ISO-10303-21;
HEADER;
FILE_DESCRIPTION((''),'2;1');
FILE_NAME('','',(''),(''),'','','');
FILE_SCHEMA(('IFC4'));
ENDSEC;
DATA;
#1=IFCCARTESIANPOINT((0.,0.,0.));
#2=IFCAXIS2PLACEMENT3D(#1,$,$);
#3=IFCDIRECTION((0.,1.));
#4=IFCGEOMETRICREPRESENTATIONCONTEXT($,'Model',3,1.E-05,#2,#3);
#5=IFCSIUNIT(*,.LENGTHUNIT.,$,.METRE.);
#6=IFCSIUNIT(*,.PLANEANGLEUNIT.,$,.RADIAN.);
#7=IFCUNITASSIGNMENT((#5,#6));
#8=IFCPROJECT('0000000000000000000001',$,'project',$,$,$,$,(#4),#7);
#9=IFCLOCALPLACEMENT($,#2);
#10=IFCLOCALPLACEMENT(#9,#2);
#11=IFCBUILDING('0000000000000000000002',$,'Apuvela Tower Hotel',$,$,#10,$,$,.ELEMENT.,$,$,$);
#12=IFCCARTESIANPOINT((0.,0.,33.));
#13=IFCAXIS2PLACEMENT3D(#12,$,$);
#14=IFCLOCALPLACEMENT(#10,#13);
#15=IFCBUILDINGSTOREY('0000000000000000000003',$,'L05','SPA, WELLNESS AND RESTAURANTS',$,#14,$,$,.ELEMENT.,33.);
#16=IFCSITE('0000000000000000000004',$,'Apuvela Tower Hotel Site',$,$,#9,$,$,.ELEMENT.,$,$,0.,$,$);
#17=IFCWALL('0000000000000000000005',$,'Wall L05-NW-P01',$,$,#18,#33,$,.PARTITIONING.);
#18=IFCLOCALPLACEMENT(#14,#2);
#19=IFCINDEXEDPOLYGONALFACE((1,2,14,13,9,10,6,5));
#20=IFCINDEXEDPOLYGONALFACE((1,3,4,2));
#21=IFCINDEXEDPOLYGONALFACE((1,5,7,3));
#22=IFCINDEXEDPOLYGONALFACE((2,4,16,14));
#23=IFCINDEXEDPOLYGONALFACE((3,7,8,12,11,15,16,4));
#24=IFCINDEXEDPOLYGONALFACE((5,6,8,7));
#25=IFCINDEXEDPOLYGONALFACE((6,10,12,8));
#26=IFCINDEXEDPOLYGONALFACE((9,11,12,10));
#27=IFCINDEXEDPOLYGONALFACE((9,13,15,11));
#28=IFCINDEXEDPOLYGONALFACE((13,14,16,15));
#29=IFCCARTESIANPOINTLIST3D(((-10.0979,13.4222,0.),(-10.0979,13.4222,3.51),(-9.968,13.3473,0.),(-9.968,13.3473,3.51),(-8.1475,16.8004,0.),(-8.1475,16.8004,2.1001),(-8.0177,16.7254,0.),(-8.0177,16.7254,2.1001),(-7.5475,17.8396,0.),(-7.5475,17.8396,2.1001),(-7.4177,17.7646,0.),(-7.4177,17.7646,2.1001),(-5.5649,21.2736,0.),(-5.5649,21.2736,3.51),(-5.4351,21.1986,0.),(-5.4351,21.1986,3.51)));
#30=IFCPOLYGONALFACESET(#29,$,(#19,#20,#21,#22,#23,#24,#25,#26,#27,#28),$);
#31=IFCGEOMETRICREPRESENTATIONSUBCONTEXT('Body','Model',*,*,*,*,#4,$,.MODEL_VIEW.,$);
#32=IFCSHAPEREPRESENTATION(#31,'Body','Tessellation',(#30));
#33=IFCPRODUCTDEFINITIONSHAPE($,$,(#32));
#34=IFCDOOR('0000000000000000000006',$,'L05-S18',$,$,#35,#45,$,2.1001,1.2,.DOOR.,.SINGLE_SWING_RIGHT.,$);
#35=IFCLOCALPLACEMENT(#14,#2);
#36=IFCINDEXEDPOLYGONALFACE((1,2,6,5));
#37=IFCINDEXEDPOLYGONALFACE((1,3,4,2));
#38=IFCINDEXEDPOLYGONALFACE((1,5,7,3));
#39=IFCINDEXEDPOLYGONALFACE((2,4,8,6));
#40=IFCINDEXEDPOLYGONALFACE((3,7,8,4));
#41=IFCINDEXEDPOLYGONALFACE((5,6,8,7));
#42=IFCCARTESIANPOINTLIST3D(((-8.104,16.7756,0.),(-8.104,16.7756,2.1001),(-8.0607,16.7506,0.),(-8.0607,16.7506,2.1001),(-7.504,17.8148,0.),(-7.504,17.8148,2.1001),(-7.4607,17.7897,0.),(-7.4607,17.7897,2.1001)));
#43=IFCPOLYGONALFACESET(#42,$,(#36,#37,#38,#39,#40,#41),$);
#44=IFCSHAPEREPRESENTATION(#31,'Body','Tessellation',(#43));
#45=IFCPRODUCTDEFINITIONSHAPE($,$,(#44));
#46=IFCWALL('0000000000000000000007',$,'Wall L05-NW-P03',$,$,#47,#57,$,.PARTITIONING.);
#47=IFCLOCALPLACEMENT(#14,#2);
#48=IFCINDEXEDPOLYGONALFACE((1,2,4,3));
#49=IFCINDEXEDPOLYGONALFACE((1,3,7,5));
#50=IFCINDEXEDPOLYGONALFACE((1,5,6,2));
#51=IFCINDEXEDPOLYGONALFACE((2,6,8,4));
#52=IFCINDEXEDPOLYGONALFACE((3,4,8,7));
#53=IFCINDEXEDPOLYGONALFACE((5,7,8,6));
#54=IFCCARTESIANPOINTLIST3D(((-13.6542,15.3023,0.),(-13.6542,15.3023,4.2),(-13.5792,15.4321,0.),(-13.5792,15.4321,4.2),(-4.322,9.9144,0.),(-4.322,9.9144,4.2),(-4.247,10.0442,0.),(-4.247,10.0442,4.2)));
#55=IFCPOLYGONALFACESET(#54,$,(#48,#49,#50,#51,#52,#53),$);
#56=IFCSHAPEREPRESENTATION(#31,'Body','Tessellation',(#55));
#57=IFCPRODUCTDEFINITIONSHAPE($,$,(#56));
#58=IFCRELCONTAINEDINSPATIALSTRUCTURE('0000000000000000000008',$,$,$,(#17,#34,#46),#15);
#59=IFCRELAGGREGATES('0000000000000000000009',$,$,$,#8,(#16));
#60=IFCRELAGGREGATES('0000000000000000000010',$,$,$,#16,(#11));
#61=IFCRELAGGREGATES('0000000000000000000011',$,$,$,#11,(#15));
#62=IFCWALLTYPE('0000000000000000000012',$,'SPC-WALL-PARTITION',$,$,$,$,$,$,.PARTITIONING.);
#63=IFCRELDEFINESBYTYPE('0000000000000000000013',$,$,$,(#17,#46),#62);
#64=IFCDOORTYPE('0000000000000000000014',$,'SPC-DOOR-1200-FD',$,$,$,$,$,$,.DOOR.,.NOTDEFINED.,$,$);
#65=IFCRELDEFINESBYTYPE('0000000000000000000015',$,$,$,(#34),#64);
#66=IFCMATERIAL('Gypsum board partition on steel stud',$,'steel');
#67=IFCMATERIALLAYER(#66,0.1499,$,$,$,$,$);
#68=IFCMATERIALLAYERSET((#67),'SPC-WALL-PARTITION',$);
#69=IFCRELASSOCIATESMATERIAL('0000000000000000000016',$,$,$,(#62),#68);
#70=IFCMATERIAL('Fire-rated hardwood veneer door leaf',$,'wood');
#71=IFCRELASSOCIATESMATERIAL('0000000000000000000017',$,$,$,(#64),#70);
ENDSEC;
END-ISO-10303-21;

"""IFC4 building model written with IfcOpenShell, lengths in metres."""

from ifc_helpers import new_model, si_unit, direction, frame, frame_2d, origin, place, context, subcontext, project, spatial, rectangle, extrude, material, layer, layer_set, type_object, element, fill, save


model = new_model("IFC4")

# Units and contexts
model_context = context("Model", 3, precision=1e-05, world=origin(), true_north=direction((0.0, 1.0)))
body_context = subcontext(model_context, "Body", "Model", "MODEL_VIEW")
ifc_project = project(units=[si_unit("LENGTHUNIT", "METRE"), si_unit("PLANEANGLEUNIT", "RADIAN")], contexts=[model_context])

# Site, building, storey
site_placement = place(None, origin())
site = spatial("IfcSite", under=ifc_project, at=site_placement, Name="Apuvela Tower Hotel Site", CompositionType="ELEMENT", RefElevation=0.0)
building_placement = place(site_placement, origin())
building = spatial("IfcBuilding", under=site, at=building_placement, Name="Apuvela Tower Hotel", CompositionType="ELEMENT")
storey_placement = place(building_placement, frame((0.0, 0.0, 33.0)))
storey = spatial("IfcBuildingStorey", under=building, at=storey_placement, Name="L05", Description="SPA, WELLNESS AND RESTAURANTS", CompositionType="ELEMENT", Elevation=33.0)

# Wall, opening, door
ifc_material_1 = material(Name="Gypsum board partition on steel stud", Category="steel")
ifc_layer_1 = layer(ifc_material_1, 0.1499)
ifc_layer_set_1 = layer_set([ifc_layer_1], Name="SPC-WALL-PARTITION")
wall_type_1 = type_object("IfcWallType", Name="SPC-WALL-PARTITION", PredefinedType="PARTITIONING", material=ifc_layer_set_1)
wall_1_placement = place(storey_placement, frame((-5.5, 21.2361, 0.0), z_axis=(0.0, 0.0, 1.0), x_axis=(-0.5, -0.866025, 0.0)))
wall_1 = element("IfcWall", 1, at=wall_1_placement, inside=storey, type_object=wall_type_1, Name="Wall L05-NW-P01", PredefinedType="PARTITIONING", context=body_context, shape_type="SweptSolid", body=[
    extrude(rectangle(XDim=9.0659, YDim=0.1499, at=frame_2d((4.533, 0.0))), origin(), (0.0, 0.0, 1.0), 3.51),
])
opening_1_placement = place(wall_1_placement, frame((3.9651, 0.0, 0.0)))
opening_1 = element("IfcOpeningElement", 2, at=opening_1_placement, cuts=wall_1, PredefinedType="OPENING", context=body_context, shape_type="SweptSolid", body=[
    extrude(rectangle(XDim=1.2, YDim=2.1001, at=frame_2d((0.6001, 1.05))), frame((0.0, 0.085, 0.0), z_axis=(0.0, -1.0, 0.0), x_axis=(1.0, 0.0, 0.0)), (0.0, 0.0, 1.0), 0.1699),
])
ifc_material_2 = material(Name="Fire-rated hardwood veneer door leaf", Category="wood")
door_type_1 = type_object("IfcDoorType", Name="SPC-DOOR-1200-FD", OperationType="NOTDEFINED", PredefinedType="DOOR", material=ifc_material_2)
door_1_placement = place(opening_1_placement, frame((1.2, 0.0, 0.0), z_axis=(0.0, 0.0, 1.0), x_axis=(-1.0, 0.0, 0.0)))
door_1 = element("IfcDoor", 3, at=door_1_placement, inside=storey, type_object=door_type_1, Name="L05-S18", OperationType="SINGLE_SWING_RIGHT", OverallHeight=2.1001, OverallWidth=1.2, PredefinedType="DOOR", context=body_context, shape_type="SweptSolid", body=[
    extrude(rectangle(XDim=1.2, YDim=2.1001, at=frame_2d((0.6001, 1.05))), frame((0.0, 0.0249, 0.0), z_axis=(0.0, -1.0, 0.0), x_axis=(1.0, 0.0, 0.0)), (0.0, 0.0, 1.0), 0.05),
])
fill(opening_1, door_1)

# Wall
wall_2_placement = place(storey_placement, frame((-13.6167, 15.3672, 0.0), z_axis=(0.0, 0.0, 1.0), x_axis=(0.866028, -0.499996, 0.0)))
element("IfcWall", 4, at=wall_2_placement, inside=storey, type_object=wall_type_1, Name="Wall L05-NW-P03", PredefinedType="PARTITIONING", context=body_context, shape_type="SweptSolid", body=[
    extrude(rectangle(XDim=10.7759, YDim=0.1499, at=frame_2d((5.3879, 0.0))), origin(), (0.0, 0.0, 1.0), 4.2),
])

save(model, "model.ifc")
